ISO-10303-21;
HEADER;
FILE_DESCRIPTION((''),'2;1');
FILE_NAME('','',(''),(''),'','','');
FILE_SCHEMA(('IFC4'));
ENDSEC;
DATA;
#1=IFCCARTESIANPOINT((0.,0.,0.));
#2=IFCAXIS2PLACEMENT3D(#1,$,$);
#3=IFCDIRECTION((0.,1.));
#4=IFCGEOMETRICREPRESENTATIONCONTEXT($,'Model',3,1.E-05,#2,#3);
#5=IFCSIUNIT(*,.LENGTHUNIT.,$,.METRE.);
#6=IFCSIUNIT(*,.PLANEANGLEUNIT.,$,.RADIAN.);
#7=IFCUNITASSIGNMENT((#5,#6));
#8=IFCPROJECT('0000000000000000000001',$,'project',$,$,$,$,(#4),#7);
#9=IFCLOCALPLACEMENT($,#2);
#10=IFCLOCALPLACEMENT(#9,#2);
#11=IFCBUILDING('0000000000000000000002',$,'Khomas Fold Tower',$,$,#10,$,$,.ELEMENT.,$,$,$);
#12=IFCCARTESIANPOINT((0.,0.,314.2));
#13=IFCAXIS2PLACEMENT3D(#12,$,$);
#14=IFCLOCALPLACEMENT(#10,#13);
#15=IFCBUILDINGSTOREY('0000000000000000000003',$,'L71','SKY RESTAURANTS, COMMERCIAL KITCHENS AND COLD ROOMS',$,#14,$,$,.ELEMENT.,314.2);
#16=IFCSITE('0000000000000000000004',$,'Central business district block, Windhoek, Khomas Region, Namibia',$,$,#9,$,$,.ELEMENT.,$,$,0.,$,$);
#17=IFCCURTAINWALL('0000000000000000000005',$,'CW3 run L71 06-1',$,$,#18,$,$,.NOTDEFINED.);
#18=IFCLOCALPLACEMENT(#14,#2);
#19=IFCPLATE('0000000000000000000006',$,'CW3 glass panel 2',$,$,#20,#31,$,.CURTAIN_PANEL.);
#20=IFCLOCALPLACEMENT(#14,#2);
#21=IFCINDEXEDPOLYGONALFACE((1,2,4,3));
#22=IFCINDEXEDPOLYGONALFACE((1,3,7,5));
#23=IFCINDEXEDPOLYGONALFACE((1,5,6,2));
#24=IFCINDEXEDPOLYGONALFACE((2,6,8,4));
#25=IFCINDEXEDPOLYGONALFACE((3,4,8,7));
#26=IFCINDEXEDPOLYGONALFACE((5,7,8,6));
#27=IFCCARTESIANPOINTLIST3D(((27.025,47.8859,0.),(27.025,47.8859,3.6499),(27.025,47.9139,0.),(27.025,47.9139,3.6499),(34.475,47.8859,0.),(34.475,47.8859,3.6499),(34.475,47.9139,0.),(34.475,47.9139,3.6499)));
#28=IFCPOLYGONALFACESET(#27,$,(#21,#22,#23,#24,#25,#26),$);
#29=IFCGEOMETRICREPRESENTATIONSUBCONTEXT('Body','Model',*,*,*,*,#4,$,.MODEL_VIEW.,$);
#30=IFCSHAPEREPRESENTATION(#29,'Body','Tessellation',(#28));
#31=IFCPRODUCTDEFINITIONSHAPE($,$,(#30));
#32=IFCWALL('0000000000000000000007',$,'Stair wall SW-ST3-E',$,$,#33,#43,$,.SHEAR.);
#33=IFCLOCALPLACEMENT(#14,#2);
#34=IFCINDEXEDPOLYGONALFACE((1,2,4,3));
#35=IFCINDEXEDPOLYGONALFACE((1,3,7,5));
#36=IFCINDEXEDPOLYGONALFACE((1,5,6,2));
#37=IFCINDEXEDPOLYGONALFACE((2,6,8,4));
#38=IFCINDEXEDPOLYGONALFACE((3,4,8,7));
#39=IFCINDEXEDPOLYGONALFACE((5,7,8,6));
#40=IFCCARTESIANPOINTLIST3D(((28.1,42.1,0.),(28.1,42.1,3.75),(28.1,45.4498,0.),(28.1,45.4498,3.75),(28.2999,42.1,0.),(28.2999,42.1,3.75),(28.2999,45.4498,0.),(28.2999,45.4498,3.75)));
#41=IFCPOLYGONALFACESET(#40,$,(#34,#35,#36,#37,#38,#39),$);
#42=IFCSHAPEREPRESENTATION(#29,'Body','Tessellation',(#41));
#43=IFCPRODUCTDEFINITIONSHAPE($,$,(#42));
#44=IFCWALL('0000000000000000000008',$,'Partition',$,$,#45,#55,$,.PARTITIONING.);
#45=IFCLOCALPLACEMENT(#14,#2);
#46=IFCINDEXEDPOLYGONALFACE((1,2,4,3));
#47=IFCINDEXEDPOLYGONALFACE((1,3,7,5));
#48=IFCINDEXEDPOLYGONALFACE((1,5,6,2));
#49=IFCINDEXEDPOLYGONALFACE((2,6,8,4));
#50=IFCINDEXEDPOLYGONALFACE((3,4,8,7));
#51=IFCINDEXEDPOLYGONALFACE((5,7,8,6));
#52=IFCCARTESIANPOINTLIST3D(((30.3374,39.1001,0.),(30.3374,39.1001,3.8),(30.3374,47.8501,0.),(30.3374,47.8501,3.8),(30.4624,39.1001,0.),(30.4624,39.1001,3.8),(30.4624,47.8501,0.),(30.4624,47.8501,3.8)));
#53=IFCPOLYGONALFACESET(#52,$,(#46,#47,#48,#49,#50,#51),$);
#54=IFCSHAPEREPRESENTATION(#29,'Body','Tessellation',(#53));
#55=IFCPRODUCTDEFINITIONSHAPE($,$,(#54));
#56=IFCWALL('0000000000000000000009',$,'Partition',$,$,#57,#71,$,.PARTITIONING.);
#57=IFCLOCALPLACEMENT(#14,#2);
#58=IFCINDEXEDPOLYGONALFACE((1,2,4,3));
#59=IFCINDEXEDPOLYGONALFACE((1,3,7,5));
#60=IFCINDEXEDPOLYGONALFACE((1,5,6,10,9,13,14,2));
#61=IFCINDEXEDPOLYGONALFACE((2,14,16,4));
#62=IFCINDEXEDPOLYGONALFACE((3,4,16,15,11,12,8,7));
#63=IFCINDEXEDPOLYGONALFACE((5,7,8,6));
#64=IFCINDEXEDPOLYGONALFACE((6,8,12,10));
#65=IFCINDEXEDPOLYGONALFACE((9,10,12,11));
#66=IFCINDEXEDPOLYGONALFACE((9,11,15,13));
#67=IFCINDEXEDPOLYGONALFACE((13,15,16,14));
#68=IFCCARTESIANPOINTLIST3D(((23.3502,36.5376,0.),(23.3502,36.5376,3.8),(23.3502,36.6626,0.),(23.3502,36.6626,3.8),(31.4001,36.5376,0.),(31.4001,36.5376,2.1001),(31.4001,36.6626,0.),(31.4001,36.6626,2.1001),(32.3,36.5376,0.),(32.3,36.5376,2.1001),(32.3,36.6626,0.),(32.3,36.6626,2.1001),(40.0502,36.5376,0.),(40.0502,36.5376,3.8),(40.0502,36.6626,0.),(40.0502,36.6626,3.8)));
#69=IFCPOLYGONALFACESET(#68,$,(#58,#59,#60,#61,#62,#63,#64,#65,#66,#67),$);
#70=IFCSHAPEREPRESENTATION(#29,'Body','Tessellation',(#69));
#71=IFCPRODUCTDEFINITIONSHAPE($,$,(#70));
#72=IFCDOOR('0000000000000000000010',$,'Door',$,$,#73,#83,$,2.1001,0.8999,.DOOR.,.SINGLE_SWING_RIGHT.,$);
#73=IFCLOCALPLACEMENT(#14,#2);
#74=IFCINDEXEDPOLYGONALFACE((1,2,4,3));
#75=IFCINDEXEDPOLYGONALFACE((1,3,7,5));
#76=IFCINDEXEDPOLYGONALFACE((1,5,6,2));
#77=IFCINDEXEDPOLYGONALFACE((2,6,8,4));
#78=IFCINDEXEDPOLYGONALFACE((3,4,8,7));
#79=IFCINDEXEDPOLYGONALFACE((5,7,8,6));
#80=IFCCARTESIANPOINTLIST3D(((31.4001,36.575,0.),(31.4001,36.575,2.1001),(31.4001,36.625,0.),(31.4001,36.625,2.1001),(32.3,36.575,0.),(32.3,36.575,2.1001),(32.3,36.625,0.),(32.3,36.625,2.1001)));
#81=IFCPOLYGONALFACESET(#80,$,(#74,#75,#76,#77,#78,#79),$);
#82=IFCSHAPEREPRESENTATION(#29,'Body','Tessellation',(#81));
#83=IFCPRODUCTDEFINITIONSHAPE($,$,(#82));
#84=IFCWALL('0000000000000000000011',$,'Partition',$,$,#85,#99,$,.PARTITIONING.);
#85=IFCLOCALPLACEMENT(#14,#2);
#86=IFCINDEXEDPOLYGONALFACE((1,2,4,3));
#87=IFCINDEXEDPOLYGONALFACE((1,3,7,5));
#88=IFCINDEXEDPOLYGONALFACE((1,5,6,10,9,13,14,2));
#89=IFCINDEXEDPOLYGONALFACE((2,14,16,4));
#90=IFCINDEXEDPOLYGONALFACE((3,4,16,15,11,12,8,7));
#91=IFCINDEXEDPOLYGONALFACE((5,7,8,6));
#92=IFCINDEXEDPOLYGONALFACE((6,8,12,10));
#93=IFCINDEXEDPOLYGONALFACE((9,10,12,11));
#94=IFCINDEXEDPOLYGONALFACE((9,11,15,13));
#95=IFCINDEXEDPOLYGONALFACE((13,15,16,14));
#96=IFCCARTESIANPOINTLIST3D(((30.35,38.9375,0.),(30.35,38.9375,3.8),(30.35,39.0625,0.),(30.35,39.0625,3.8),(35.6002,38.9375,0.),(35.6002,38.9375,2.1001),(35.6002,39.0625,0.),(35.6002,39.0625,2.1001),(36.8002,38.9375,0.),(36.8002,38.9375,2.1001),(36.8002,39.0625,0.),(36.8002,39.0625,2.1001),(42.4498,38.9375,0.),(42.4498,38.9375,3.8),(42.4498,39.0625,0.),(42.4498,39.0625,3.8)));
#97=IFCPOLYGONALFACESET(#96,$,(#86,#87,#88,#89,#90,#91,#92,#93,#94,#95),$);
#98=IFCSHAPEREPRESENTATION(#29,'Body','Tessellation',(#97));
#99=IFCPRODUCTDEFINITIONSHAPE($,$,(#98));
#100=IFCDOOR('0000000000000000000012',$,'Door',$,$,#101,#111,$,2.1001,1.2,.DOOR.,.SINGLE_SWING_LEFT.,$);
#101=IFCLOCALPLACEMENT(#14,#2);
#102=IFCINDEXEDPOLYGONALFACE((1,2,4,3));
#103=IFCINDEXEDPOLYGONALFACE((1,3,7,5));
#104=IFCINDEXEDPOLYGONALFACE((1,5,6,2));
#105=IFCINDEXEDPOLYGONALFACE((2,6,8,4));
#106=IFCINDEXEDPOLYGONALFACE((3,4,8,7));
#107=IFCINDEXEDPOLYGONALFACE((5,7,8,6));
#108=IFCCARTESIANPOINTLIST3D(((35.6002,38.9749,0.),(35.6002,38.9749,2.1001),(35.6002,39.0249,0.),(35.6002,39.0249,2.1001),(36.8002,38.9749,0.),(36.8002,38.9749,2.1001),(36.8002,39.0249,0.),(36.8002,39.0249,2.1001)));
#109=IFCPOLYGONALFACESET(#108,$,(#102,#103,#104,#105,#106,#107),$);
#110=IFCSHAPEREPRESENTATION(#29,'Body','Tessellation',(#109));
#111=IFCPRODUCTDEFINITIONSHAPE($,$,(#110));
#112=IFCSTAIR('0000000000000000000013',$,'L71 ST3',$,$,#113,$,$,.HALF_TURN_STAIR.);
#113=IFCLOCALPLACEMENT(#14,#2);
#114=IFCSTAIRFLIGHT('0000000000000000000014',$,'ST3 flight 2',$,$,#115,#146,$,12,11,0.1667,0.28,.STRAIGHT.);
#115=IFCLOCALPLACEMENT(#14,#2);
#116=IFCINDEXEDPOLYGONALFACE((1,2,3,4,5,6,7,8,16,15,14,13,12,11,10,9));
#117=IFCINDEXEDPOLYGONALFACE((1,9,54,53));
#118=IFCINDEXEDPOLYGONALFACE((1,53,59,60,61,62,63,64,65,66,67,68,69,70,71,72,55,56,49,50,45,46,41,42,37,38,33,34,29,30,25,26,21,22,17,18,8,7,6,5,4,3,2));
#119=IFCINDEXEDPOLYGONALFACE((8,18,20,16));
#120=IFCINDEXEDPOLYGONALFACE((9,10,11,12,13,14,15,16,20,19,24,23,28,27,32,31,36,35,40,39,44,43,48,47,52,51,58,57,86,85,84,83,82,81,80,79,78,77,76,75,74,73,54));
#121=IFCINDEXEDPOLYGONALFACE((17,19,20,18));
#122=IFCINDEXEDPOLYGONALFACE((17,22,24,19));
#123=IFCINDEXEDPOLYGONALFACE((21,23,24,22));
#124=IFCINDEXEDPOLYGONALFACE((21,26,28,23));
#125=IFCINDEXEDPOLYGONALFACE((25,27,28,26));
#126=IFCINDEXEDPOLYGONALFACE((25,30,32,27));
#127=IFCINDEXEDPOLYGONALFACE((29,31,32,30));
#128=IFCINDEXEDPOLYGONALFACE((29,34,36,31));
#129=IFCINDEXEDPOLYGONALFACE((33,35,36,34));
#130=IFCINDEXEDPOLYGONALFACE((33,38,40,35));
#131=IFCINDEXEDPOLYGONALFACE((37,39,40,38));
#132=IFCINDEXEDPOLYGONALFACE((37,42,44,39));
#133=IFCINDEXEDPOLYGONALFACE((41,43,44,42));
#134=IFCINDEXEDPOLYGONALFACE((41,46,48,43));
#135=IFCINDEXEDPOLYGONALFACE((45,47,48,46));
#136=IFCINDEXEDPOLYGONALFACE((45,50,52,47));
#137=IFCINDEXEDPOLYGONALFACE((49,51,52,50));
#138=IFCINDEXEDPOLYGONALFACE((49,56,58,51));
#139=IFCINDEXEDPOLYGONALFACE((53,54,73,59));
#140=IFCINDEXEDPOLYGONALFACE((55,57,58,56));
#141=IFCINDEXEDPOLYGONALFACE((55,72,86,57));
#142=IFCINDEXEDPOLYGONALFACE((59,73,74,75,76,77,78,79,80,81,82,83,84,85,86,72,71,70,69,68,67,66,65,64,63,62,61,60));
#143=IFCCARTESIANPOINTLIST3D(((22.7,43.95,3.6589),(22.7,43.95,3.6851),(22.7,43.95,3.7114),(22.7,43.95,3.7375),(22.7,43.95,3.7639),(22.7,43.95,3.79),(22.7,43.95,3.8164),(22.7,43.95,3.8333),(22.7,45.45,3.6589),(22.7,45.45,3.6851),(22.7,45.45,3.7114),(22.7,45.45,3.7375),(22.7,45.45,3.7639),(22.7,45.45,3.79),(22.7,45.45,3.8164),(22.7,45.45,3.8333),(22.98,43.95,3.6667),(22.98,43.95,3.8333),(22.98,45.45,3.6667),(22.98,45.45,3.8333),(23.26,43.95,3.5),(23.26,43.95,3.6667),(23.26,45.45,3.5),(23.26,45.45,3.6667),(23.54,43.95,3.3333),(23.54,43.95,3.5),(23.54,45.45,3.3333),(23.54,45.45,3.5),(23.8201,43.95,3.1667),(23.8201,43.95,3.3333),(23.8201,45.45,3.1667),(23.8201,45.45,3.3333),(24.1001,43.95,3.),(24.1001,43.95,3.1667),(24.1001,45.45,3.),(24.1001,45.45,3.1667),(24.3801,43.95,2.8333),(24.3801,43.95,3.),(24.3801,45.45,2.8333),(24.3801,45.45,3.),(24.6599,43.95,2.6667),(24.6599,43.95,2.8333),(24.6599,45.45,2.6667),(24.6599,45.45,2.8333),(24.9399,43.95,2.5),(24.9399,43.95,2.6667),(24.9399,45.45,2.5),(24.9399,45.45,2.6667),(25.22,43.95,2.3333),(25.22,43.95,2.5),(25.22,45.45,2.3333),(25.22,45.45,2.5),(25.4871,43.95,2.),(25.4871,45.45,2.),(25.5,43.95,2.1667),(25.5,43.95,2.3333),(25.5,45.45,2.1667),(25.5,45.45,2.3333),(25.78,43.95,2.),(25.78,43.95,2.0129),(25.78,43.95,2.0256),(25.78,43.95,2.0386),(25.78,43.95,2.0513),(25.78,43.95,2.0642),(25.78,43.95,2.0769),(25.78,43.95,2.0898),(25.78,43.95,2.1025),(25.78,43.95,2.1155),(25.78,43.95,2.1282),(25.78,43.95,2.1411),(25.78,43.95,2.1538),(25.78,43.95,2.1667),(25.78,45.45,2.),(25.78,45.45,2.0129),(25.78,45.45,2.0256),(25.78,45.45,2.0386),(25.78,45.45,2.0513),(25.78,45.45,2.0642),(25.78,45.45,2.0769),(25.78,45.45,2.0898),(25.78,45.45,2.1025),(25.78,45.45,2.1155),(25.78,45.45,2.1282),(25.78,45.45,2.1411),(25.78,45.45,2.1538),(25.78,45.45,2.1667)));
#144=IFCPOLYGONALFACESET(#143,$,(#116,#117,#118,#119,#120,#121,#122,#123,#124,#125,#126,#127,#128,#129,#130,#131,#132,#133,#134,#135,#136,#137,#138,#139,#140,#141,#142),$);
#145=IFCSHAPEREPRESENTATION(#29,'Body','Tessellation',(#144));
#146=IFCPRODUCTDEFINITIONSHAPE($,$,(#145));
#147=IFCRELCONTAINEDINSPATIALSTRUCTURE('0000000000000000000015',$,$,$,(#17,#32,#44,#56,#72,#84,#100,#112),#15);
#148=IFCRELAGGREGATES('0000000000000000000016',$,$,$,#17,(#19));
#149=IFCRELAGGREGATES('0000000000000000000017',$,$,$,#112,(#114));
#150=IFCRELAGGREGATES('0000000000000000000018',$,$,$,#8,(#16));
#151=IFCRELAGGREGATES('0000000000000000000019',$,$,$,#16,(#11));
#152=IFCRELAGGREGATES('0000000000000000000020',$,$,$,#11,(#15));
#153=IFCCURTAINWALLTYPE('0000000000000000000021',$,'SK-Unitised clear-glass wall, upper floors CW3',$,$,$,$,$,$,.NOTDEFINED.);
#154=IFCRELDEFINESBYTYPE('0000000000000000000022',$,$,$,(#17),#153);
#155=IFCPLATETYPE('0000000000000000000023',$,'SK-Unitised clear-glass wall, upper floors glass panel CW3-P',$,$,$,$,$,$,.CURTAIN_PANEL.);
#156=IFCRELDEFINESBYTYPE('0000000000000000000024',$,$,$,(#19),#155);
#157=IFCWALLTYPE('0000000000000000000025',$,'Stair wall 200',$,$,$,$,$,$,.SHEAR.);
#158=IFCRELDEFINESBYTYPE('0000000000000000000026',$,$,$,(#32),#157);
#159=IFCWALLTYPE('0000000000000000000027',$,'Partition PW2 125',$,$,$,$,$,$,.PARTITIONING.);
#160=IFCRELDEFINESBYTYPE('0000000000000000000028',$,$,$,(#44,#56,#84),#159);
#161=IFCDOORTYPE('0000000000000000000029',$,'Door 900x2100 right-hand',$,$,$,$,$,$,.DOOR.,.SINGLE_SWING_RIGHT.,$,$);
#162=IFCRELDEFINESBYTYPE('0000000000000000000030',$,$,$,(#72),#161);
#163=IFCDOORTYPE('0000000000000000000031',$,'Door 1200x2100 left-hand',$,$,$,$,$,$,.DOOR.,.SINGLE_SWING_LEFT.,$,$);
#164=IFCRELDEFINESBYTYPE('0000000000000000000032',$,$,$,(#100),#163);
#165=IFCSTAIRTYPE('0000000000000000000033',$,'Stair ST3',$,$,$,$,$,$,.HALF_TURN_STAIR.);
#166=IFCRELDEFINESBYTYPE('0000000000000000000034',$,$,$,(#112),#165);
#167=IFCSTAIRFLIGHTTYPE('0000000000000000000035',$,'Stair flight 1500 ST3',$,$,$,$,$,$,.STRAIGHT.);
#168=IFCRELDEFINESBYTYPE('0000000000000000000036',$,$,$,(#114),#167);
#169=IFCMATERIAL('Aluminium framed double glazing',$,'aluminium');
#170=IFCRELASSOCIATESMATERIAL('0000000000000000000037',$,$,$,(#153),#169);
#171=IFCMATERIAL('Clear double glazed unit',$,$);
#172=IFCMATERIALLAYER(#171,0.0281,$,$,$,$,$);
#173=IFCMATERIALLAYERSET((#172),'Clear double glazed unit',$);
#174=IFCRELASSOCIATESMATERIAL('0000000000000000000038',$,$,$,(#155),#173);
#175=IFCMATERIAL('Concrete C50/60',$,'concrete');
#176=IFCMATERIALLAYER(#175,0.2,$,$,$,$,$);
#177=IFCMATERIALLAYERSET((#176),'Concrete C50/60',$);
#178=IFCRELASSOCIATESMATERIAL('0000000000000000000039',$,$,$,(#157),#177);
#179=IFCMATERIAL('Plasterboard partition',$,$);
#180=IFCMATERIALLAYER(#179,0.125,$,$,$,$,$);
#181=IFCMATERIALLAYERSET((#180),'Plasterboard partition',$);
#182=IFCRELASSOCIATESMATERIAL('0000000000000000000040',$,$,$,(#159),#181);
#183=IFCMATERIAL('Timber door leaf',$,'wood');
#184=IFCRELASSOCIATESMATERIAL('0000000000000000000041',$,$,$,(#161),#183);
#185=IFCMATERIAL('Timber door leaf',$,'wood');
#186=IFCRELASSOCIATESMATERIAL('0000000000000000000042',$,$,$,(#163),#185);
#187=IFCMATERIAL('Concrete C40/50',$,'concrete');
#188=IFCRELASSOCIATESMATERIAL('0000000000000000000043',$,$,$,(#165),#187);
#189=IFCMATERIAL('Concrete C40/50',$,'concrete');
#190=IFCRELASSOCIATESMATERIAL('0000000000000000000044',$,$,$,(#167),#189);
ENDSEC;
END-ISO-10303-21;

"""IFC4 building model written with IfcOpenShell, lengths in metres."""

from ifc_helpers import new_model, si_unit, direction, frame, frame_2d, origin, origin_2d, place, context, subcontext, project, spatial, polyline, rectangle, outline, extrude, source, transform, mapped, material, layer, layer_set, type_object, element, fill, aggregate, save


model = new_model("IFC4")

# Units and contexts
model_context = context("Model", 3, precision=1e-05, world=origin(), true_north=direction((0.0, 1.0)))
body_context = subcontext(model_context, "Body", "Model", "MODEL_VIEW")
ifc_project = project(units=[si_unit("LENGTHUNIT", "METRE"), si_unit("PLANEANGLEUNIT", "RADIAN")], contexts=[model_context])

# Site, building, storey
site_placement = place(None, origin())
site = spatial("IfcSite", under=ifc_project, at=site_placement, Name="Central business district block, Windhoek, Khomas Region, Namibia", CompositionType="ELEMENT", RefElevation=0.0)
building_placement = place(site_placement, origin())
building = spatial("IfcBuilding", under=site, at=building_placement, Name="Khomas Fold Tower", CompositionType="ELEMENT")
storey_placement = place(building_placement, frame((0.0, 0.0, 314.2)))
storey = spatial("IfcBuildingStorey", under=building, at=storey_placement, Name="L71", Description="SKY RESTAURANTS, COMMERCIAL KITCHENS AND COLD ROOMS", CompositionType="ELEMENT", Elevation=314.2)

# Curtain wall, plate
ifc_material_1 = material(Name="Aluminium framed double glazing", Category="aluminium")
curtain_wall_type = type_object("IfcCurtainWallType", Name="SK-Unitised clear-glass wall, upper floors CW3", PredefinedType="NOTDEFINED", material=ifc_material_1)
curtain_wall_placement = place(storey_placement, origin())
curtain_wall = element("IfcCurtainWall", 1, at=curtain_wall_placement, inside=storey, type_object=curtain_wall_type, Name="CW3 run L71 06-1", PredefinedType="NOTDEFINED")
ifc_material_2 = material(Name="Clear double glazed unit")
ifc_layer_1 = layer(ifc_material_2, 0.0281)
ifc_layer_set_1 = layer_set([ifc_layer_1], Name="Clear double glazed unit")
plate_type = type_object("IfcPlateType", Name="SK-Unitised clear-glass wall, upper floors glass panel CW3-P", PredefinedType="CURTAIN_PANEL", material=ifc_layer_set_1)
shared_shape_1 = source(origin(), body_context, "Body", "SweptSolid", [
    extrude(rectangle(XDim=7.45, YDim=0.0281, at=origin_2d()), origin(), (0.0, 0.0, 1.0), 3.6499),
])
plate_placement = place(storey_placement, frame((30.75, 47.8999, 0.0), z_axis=(0.0, 0.0, 1.0), x_axis=(-1.0, 0.0, 0.0)))
plate = element("IfcPlate", 2, at=plate_placement, type_object=plate_type, Name="CW3 glass panel 2", PredefinedType="CURTAIN_PANEL", context=body_context, shape_type="MappedRepresentation", body=[
    mapped(shared_shape_1, transform((0.0, 0.0, 0.0))),
])
aggregate(curtain_wall, [plate])

# Walls
ifc_material_3 = material(Name="Concrete C50/60", Category="concrete")
ifc_layer_2 = layer(ifc_material_3, 0.2)
ifc_layer_set_2 = layer_set([ifc_layer_2], Name="Concrete C50/60")
wall_type_1 = type_object("IfcWallType", Name="Stair wall 200", PredefinedType="SHEAR", material=ifc_layer_set_2)
shared_shape_2 = source(origin(), body_context, "Body", "SweptSolid", [
    extrude(rectangle(XDim=3.3499, YDim=0.2, at=frame_2d((1.6748, 0.0))), origin(), (0.0, 0.0, 1.0), 3.75),
])
wall_1_placement = place(storey_placement, frame((28.2, 42.1001, 0.0), z_axis=(0.0, 0.0, 1.0), x_axis=(0.0, 1.0, 0.0)))
element("IfcWall", 3, at=wall_1_placement, inside=storey, type_object=wall_type_1, Name="Stair wall SW-ST3-E", PredefinedType="SHEAR", context=body_context, shape_type="MappedRepresentation", body=[
    mapped(shared_shape_2, transform((0.0, 0.0, 0.0))),
])
ifc_material_4 = material(Name="Plasterboard partition")
ifc_layer_3 = layer(ifc_material_4, 0.125)
ifc_layer_set_3 = layer_set([ifc_layer_3], Name="Plasterboard partition")
wall_type_2 = type_object("IfcWallType", Name="Partition PW2 125", PredefinedType="PARTITIONING", material=ifc_layer_set_3)
shared_shape_3 = source(origin(), body_context, "Body", "SweptSolid", [
    extrude(rectangle(XDim=8.75, YDim=0.125, at=frame_2d((4.375, 0.0))), origin(), (0.0, 0.0, 1.0), 3.8),
])
wall_2_placement = place(storey_placement, frame((30.3999, 39.1001, 0.0), z_axis=(0.0, 0.0, 1.0), x_axis=(0.0, 1.0, 0.0)))
element("IfcWall", 4, at=wall_2_placement, inside=storey, type_object=wall_type_2, Name="Partition", PredefinedType="PARTITIONING", context=body_context, shape_type="MappedRepresentation", body=[
    mapped(shared_shape_3, transform((0.0, 0.0, 0.0))),
])

# Walls, openings, doors
shared_shape_4 = source(origin(), body_context, "Body", "SweptSolid", [
    extrude(rectangle(XDim=16.7, YDim=0.125, at=frame_2d((8.3501, 0.0))), origin(), (0.0, 0.0, 1.0), 3.8),
])
wall_3_placement = place(storey_placement, frame((23.3501, 36.6001, 0.0), z_axis=(0.0, 0.0, 1.0), x_axis=(1.0, 0.0, 0.0)))
wall_3 = element("IfcWall", 5, at=wall_3_placement, inside=storey, type_object=wall_type_2, Name="Partition", PredefinedType="PARTITIONING", context=body_context, shape_type="MappedRepresentation", body=[
    mapped(shared_shape_4, transform((0.0, 0.0, 0.0))),
])
shared_shape_5 = source(origin(), body_context, "Body", "SweptSolid", [
    extrude(rectangle(XDim=0.8999, YDim=2.1001, at=frame_2d((0.45, 1.05))), frame((0.0, 0.0725, 0.0), z_axis=(0.0, -1.0, 0.0), x_axis=(1.0, 0.0, 0.0)), (0.0, 0.0, 1.0), 0.145),
])
opening_1_placement = place(wall_3_placement, frame((8.05, 0.0, 0.0)))
opening_1 = element("IfcOpeningElement", 6, at=opening_1_placement, cuts=wall_3, PredefinedType="OPENING", context=body_context, shape_type="MappedRepresentation", body=[
    mapped(shared_shape_5, transform((0.0, 0.0, 0.0))),
])
ifc_material_5 = material(Name="Timber door leaf", Category="wood")
door_type_1 = type_object("IfcDoorType", Name="Door 900x2100 right-hand", OperationType="SINGLE_SWING_RIGHT", PredefinedType="DOOR", material=ifc_material_5)
shared_shape_6 = source(origin(), body_context, "Body", "SweptSolid", [
    extrude(rectangle(XDim=0.8999, YDim=2.1001, at=frame_2d((0.45, 1.05))), frame((0.0, 0.0249, 0.0), z_axis=(0.0, -1.0, 0.0), x_axis=(1.0, 0.0, 0.0)), (0.0, 0.0, 1.0), 0.05),
])
door_1_placement = place(opening_1_placement, origin())
door_1 = element("IfcDoor", 7, at=door_1_placement, inside=storey, type_object=door_type_1, Name="Door", OperationType="SINGLE_SWING_RIGHT", OverallHeight=2.1001, OverallWidth=0.8999, PredefinedType="DOOR", context=body_context, shape_type="MappedRepresentation", body=[
    mapped(shared_shape_6, transform((0.0, 0.0, 0.0))),
])
fill(opening_1, door_1)
shared_shape_7 = source(origin(), body_context, "Body", "SweptSolid", [
    extrude(rectangle(XDim=12.0999, YDim=0.125, at=frame_2d((6.0498, 0.0))), origin(), (0.0, 0.0, 1.0), 3.8),
])
wall_4_placement = place(storey_placement, frame((30.3501, 39.0, 0.0), z_axis=(0.0, 0.0, 1.0), x_axis=(1.0, 0.0, 0.0)))
wall_4 = element("IfcWall", 8, at=wall_4_placement, inside=storey, type_object=wall_type_2, Name="Partition", PredefinedType="PARTITIONING", context=body_context, shape_type="MappedRepresentation", body=[
    mapped(shared_shape_7, transform((0.0, 0.0, 0.0))),
])
shared_shape_8 = source(origin(), body_context, "Body", "SweptSolid", [
    extrude(rectangle(XDim=1.2, YDim=2.1001, at=frame_2d((0.6001, 1.05))), frame((0.0, 0.0725, 0.0), z_axis=(0.0, -1.0, 0.0), x_axis=(1.0, 0.0, 0.0)), (0.0, 0.0, 1.0), 0.145),
])
opening_2_placement = place(wall_4_placement, frame((5.25, 0.0, 0.0)))
opening_2 = element("IfcOpeningElement", 9, at=opening_2_placement, cuts=wall_4, PredefinedType="OPENING", context=body_context, shape_type="MappedRepresentation", body=[
    mapped(shared_shape_8, transform((0.0, 0.0, 0.0))),
])
ifc_material_6 = material(Name="Timber door leaf", Category="wood")
door_type_2 = type_object("IfcDoorType", Name="Door 1200x2100 left-hand", OperationType="SINGLE_SWING_LEFT", PredefinedType="DOOR", material=ifc_material_6)
shared_shape_9 = source(origin(), body_context, "Body", "SweptSolid", [
    extrude(rectangle(XDim=1.2, YDim=2.1001, at=frame_2d((0.6001, 1.05))), frame((0.0, 0.0249, 0.0), z_axis=(0.0, -1.0, 0.0), x_axis=(1.0, 0.0, 0.0)), (0.0, 0.0, 1.0), 0.05),
])
door_2_placement = place(opening_2_placement, origin())
door_2 = element("IfcDoor", 10, at=door_2_placement, inside=storey, type_object=door_type_2, Name="Door", OperationType="SINGLE_SWING_LEFT", OverallHeight=2.1001, OverallWidth=1.2, PredefinedType="DOOR", context=body_context, shape_type="MappedRepresentation", body=[
    mapped(shared_shape_9, transform((0.0, 0.0, 0.0))),
])
fill(opening_2, door_2)

# Stair, stair flight
ifc_material_7 = material(Name="Concrete C40/50", Category="concrete")
stair_type = type_object("IfcStairType", Name="Stair ST3", PredefinedType="HALF_TURN_STAIR", material=ifc_material_7)
stair_placement = place(storey_placement, origin())
stair = element("IfcStair", 11, at=stair_placement, inside=storey, type_object=stair_type, Name="L71 ST3", PredefinedType="HALF_TURN_STAIR")
ifc_material_8 = material(Name="Concrete C40/50", Category="concrete")
stair_flight_type = type_object("IfcStairFlightType", Name="Stair flight 1500 ST3", PredefinedType="STRAIGHT", material=ifc_material_8)
shared_shape_10 = source(origin(), body_context, "Body", "SweptSolid", [
    extrude(outline(polyline([(0.0, 0.0), (0.0, 0.0129), (0.0, 0.0256), (0.0, 0.0386), (0.0, 0.0513), (0.0, 0.0642), (0.0, 0.0769), (0.0, 0.0898), (0.0, 0.1025), (0.0, 0.1155), (0.0, 0.1282), (0.0, 0.1411), (0.0, 0.1538), (0.0, 0.1667), (0.28, 0.1667), (0.28, 0.3333), (0.5601, 0.3333), (0.5601, 0.5), (0.8401, 0.5), (0.8401, 0.6667), (1.1201, 0.6667), (1.1201, 0.8333), (1.3999, 0.8333), (1.3999, 1.0), (1.6799, 1.0), (1.6799, 1.1667), (1.96, 1.1667), (1.96, 1.3333), (2.24, 1.3333), (2.24, 1.5), (2.52, 1.5), (2.52, 1.6667), (2.8, 1.6667), (2.8, 1.8333), (3.0801, 1.8333), (3.0801, 2.0), (3.0801, 1.9739), (3.0801, 1.9475), (3.0801, 1.9214), (3.0801, 1.895), (3.0801, 1.8689), (3.0801, 1.8425), (3.0801, 1.8164), (3.0801, 1.79), (3.0801, 1.7639), (3.0801, 1.7375), (3.0801, 1.7114), (3.0801, 1.6851), (3.0801, 1.6589), (0.293, 0.0), (0.0, 0.0)])), frame((0.0, 0.75, 0.0), z_axis=(0.0, -1.0, 0.0), x_axis=(1.0, 0.0, 0.0)), (0.0, 0.0, 1.0), 1.5),
])
stair_flight_placement = place(storey_placement, frame((25.78, 44.7, 2.0), z_axis=(0.0, 0.0, 1.0), x_axis=(-1.0, 0.0, 0.0)))
stair_flight = element("IfcStairFlight", 12, at=stair_flight_placement, type_object=stair_flight_type, Name="ST3 flight 2", NumberOfRisers=12, NumberOfTreads=11, PredefinedType="STRAIGHT", RiserHeight=0.1667, TreadLength=0.28, context=body_context, shape_type="MappedRepresentation", body=[
    mapped(shared_shape_10, transform((0.0, 0.0, 0.0))),
])
aggregate(stair, [stair_flight])

save(model, "model.ifc")
